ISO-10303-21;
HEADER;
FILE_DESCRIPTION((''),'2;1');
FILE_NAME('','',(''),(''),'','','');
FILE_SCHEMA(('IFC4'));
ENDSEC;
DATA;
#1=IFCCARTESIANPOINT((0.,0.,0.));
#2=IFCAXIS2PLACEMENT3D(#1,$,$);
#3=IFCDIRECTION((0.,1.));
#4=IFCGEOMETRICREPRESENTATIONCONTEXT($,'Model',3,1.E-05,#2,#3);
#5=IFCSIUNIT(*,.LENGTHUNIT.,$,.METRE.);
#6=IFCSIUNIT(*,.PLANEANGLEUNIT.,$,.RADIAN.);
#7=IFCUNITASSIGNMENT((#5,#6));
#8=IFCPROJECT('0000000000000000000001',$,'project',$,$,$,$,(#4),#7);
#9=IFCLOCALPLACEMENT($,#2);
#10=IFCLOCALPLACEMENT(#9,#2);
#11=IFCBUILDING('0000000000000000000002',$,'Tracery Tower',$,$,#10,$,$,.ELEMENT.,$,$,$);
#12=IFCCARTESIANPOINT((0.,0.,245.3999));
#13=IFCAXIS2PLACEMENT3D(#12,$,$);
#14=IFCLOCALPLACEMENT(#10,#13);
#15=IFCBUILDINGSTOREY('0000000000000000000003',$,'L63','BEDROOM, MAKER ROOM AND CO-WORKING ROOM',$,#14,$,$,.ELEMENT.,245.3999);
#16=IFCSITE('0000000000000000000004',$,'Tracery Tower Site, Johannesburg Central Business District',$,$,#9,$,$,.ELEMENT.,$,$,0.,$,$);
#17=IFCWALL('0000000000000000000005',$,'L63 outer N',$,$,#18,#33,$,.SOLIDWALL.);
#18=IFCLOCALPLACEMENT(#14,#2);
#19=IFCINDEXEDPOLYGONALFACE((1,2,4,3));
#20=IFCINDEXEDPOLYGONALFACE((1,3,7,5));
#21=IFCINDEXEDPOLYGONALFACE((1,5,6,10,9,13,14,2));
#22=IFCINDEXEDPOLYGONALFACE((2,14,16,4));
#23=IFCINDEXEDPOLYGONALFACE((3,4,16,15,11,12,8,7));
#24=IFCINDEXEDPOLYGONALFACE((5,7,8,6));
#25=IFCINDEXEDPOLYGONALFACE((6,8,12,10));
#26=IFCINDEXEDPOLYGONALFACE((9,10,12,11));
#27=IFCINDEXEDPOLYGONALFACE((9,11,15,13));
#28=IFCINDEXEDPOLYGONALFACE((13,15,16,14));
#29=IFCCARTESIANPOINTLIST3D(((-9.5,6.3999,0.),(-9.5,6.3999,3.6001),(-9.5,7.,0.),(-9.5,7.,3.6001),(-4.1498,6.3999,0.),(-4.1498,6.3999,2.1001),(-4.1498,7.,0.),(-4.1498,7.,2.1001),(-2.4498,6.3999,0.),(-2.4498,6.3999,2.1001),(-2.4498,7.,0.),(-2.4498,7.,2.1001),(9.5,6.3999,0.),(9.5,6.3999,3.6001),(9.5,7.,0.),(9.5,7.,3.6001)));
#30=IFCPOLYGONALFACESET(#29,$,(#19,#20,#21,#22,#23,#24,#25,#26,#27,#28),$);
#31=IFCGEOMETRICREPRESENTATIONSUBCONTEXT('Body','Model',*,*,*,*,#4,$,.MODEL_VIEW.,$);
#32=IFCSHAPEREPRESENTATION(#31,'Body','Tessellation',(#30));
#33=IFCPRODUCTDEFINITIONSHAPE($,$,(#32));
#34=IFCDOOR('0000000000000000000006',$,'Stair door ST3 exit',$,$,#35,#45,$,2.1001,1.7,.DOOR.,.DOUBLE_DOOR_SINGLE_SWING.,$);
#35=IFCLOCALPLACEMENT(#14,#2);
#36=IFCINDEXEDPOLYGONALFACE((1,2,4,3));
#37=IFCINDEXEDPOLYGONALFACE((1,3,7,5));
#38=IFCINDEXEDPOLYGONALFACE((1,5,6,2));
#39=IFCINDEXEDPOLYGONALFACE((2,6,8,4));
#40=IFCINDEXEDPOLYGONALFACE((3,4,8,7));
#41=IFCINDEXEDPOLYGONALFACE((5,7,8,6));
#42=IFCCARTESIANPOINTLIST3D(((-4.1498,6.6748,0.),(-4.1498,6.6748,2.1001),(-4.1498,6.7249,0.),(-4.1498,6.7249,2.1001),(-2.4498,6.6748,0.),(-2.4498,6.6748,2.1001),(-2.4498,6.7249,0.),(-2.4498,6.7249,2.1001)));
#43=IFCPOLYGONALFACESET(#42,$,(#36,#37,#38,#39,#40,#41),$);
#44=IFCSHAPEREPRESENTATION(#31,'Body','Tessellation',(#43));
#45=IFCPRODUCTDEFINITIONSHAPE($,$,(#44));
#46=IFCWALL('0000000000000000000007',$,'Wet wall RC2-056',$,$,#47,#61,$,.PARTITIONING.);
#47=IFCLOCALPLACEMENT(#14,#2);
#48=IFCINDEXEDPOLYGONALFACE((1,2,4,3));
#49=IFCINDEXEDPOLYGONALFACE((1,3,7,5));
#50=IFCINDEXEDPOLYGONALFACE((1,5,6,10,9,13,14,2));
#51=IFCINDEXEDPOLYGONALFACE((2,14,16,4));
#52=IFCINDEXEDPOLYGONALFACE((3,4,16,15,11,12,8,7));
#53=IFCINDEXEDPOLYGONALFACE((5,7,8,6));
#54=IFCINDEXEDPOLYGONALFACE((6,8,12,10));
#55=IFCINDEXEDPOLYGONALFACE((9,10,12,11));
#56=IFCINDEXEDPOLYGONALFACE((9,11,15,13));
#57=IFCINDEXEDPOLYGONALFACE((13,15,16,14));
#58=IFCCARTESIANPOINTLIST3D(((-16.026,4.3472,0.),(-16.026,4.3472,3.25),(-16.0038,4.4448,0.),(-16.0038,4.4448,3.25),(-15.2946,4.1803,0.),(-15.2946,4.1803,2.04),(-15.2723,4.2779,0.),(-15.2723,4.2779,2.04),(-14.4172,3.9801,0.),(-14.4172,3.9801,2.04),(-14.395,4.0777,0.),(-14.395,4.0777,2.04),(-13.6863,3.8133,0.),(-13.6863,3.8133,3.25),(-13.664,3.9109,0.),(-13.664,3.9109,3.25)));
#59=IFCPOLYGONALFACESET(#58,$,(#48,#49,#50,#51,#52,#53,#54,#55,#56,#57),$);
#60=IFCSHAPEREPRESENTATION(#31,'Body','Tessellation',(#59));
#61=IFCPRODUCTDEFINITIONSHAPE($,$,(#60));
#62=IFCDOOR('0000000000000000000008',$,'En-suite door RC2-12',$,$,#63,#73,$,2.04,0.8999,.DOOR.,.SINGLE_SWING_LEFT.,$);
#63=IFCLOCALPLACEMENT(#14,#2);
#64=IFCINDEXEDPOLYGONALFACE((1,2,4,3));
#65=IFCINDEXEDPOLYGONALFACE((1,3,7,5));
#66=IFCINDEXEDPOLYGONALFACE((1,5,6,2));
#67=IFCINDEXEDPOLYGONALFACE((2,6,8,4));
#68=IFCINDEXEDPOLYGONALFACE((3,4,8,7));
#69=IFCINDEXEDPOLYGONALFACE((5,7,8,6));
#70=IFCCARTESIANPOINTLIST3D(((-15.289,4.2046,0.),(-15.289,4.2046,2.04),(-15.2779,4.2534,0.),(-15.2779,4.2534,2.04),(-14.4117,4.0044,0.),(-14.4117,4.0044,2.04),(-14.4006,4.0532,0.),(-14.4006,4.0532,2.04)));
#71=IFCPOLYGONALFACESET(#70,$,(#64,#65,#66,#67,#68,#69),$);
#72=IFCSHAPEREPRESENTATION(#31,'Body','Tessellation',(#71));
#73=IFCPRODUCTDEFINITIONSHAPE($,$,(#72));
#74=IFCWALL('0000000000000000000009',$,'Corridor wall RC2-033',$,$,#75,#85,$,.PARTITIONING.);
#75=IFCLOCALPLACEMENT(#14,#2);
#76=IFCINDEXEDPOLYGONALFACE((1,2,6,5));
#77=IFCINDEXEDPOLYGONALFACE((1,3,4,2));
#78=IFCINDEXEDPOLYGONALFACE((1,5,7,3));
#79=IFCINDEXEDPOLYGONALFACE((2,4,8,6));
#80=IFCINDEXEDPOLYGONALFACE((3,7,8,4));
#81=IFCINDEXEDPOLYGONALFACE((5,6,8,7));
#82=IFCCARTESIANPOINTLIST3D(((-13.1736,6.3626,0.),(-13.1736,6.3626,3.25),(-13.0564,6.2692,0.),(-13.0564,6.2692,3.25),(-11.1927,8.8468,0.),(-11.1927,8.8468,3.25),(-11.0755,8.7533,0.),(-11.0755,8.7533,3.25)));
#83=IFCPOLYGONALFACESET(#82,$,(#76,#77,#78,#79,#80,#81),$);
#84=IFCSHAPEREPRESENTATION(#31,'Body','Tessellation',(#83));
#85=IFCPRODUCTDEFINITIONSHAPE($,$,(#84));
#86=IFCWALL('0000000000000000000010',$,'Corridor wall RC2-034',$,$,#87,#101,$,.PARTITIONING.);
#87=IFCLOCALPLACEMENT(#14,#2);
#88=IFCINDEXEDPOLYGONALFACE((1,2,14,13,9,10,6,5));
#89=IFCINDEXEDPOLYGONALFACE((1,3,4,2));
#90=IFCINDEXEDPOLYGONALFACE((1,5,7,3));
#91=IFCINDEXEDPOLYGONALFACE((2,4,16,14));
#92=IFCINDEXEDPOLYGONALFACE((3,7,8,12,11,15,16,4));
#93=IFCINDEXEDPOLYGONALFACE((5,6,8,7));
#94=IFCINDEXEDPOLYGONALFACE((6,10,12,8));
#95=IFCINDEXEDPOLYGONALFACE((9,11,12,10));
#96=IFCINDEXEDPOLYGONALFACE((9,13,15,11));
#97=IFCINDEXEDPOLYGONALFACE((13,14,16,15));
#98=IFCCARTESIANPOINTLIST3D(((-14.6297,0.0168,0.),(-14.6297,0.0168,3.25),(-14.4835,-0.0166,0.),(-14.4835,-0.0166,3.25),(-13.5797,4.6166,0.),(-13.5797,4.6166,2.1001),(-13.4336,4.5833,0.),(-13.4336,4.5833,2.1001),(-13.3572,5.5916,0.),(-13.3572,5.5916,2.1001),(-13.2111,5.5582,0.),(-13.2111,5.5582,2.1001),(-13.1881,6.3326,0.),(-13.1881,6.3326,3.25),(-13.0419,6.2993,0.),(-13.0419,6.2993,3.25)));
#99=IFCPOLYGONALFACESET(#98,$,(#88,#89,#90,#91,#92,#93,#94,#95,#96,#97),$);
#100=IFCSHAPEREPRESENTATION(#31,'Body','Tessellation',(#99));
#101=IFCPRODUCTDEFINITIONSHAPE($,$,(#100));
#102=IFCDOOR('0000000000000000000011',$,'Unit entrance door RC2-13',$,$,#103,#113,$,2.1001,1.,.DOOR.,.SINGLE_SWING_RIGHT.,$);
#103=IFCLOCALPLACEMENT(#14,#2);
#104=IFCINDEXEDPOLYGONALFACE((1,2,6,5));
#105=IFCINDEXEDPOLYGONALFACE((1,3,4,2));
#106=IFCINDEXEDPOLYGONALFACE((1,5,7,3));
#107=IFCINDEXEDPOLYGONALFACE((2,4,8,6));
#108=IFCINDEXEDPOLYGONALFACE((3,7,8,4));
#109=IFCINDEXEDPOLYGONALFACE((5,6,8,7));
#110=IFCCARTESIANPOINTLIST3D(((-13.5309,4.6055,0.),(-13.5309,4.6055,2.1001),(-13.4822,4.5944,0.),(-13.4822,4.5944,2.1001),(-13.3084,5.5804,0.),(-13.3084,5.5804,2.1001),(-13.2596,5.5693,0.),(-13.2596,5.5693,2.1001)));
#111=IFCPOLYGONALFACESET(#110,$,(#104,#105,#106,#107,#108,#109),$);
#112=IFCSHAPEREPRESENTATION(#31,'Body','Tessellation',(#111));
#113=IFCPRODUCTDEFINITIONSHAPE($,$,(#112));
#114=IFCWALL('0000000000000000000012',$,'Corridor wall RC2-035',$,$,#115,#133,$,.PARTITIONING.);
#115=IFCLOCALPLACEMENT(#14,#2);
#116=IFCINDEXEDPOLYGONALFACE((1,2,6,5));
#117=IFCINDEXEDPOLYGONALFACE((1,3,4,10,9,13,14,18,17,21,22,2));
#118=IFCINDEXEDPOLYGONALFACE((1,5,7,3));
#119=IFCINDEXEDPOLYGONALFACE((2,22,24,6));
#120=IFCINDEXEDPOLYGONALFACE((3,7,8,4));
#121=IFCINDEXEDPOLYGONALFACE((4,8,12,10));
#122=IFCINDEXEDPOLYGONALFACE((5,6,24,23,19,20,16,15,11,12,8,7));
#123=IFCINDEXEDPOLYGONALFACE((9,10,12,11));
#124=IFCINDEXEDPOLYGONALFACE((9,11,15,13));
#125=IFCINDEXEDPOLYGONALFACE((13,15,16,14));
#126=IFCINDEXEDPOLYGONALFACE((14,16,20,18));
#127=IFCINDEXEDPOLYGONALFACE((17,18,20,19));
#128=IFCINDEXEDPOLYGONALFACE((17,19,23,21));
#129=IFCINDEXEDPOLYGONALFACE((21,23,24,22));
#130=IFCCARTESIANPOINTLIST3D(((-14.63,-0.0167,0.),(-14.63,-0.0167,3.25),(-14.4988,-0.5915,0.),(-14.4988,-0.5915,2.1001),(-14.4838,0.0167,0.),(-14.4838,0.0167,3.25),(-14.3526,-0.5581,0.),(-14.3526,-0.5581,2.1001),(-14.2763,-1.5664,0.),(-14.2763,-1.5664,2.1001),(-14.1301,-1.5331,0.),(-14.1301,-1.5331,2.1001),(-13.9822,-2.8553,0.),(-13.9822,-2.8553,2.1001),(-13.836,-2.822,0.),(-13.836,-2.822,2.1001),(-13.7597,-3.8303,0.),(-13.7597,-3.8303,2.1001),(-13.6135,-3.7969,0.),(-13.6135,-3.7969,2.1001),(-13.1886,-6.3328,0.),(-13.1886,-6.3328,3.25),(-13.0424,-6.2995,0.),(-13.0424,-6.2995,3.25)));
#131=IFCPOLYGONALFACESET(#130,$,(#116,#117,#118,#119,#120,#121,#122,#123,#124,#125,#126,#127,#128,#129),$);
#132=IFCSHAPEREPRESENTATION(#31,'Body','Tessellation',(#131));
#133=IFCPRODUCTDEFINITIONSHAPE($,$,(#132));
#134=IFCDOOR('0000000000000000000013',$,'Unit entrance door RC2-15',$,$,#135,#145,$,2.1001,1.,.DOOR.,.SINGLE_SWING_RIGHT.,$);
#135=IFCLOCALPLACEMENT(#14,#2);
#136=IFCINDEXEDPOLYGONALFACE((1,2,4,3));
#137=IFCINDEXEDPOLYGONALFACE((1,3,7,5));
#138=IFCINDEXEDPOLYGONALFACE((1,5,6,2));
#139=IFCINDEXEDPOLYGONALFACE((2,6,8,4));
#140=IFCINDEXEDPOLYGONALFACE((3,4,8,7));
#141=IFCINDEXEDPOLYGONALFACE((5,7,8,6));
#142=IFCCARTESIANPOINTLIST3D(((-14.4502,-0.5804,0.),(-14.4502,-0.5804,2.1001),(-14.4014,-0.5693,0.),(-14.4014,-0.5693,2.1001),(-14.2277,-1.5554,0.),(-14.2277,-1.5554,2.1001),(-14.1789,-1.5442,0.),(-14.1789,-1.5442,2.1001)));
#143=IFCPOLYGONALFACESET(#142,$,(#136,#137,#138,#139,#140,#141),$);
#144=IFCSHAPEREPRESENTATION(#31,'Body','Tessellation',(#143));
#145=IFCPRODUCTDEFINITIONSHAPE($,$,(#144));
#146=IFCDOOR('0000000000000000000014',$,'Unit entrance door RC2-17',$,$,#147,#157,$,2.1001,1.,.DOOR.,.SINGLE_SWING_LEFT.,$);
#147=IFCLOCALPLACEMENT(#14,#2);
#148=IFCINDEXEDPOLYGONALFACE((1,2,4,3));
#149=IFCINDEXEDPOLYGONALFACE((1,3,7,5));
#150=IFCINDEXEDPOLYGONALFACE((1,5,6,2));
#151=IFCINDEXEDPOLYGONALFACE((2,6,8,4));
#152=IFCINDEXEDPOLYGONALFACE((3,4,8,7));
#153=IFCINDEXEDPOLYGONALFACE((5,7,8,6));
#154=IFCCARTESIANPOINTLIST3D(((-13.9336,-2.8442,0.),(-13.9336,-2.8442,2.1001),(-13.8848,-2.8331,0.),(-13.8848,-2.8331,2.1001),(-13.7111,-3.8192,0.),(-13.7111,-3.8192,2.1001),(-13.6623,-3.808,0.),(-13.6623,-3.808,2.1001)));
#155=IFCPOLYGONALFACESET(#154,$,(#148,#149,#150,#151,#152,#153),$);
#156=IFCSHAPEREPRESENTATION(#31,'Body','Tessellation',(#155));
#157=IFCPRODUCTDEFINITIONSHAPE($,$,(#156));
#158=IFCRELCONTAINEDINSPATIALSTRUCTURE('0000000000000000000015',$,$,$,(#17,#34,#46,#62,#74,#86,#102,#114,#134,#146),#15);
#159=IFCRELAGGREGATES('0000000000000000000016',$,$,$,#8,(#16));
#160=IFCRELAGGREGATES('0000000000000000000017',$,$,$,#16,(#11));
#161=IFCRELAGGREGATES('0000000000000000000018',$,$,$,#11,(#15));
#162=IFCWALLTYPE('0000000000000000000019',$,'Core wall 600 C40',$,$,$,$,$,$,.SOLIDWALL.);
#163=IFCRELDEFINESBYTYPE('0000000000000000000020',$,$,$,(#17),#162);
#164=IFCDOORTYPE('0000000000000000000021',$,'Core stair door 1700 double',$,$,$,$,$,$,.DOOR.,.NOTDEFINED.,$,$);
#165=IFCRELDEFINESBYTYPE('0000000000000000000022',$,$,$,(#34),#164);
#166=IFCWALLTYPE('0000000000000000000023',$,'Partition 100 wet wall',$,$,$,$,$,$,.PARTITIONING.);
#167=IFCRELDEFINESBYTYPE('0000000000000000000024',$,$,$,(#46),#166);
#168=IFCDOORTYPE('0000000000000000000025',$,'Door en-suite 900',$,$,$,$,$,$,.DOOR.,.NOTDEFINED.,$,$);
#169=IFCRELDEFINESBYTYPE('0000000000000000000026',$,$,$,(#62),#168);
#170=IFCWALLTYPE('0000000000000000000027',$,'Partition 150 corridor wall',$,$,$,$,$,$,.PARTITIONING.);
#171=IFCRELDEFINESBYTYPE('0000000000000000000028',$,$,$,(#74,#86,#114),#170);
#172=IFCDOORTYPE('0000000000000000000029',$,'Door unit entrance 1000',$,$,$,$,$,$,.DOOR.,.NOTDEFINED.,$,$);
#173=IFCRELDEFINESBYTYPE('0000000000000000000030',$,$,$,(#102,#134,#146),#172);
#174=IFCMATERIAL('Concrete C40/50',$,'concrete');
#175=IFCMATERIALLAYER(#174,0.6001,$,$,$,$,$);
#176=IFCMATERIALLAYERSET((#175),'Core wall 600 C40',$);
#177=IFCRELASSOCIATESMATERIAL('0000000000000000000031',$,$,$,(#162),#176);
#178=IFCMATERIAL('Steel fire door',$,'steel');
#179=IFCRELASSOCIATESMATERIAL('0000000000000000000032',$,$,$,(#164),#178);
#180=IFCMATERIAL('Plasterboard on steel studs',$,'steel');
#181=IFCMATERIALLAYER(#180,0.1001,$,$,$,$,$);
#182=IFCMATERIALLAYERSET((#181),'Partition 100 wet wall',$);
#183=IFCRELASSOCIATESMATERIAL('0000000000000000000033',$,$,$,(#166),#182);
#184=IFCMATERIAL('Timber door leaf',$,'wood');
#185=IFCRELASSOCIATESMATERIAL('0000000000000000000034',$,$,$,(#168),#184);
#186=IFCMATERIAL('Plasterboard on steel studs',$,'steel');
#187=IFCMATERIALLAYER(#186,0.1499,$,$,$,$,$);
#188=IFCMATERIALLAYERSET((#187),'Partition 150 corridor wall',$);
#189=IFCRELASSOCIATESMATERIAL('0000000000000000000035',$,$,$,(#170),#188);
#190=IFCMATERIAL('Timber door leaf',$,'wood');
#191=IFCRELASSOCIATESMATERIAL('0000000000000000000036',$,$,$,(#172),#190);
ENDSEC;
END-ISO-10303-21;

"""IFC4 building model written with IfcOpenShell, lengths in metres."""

from ifc_helpers import new_model, si_unit, direction, frame, frame_2d, origin, place, context, subcontext, project, spatial, rectangle, extrude, material, layer, layer_set, type_object, element, fill, save


model = new_model("IFC4")

# Units and contexts
model_context = context("Model", 3, precision=1e-05, world=origin(), true_north=direction((0.0, 1.0)))
body_context = subcontext(model_context, "Body", "Model", "MODEL_VIEW")
ifc_project = project(units=[si_unit("LENGTHUNIT", "METRE"), si_unit("PLANEANGLEUNIT", "RADIAN")], contexts=[model_context])

# Site, building, storey
site_placement = place(None, origin())
site = spatial("IfcSite", under=ifc_project, at=site_placement, Name="Tracery Tower Site, Johannesburg Central Business District", CompositionType="ELEMENT", RefElevation=0.0)
building_placement = place(site_placement, origin())
building = spatial("IfcBuilding", under=site, at=building_placement, Name="Tracery Tower", CompositionType="ELEMENT")
storey_placement = place(building_placement, frame((0.0, 0.0, 245.3999)))
storey = spatial("IfcBuildingStorey", under=building, at=storey_placement, Name="L63", Description="BEDROOM, MAKER ROOM AND CO-WORKING ROOM", CompositionType="ELEMENT", Elevation=245.3999)

# Walls, openings, doors
ifc_material_1 = material(Name="Concrete C40/50", Category="concrete")
ifc_layer_1 = layer(ifc_material_1, 0.6001)
ifc_layer_set_1 = layer_set([ifc_layer_1], Name="Core wall 600 C40")
wall_type_1 = type_object("IfcWallType", Name="Core wall 600 C40", PredefinedType="SOLIDWALL", material=ifc_layer_set_1)
wall_1_placement = place(storey_placement, frame((-9.5, 6.7, 0.0), z_axis=(0.0, 0.0, 1.0), x_axis=(1.0, 0.0, 0.0)))
wall_1 = element("IfcWall", 1, at=wall_1_placement, inside=storey, type_object=wall_type_1, Name="L63 outer N", PredefinedType="SOLIDWALL", context=body_context, shape_type="SweptSolid", body=[
    extrude(rectangle(XDim=19.0, YDim=0.6001, at=frame_2d((9.5, 0.0))), origin(), (0.0, 0.0, 1.0), 3.6001),
])
opening_1_placement = place(wall_1_placement, frame((5.3501, 0.0, 0.0)))
opening_1 = element("IfcOpeningElement", 2, at=opening_1_placement, cuts=wall_1, PredefinedType="OPENING", context=body_context, shape_type="SweptSolid", body=[
    extrude(rectangle(XDim=1.7, YDim=2.1001, at=frame_2d((0.8501, 1.05))), frame((0.0, 0.3, 0.0), z_axis=(0.0, -1.0, 0.0), x_axis=(1.0, 0.0, 0.0)), (0.0, 0.0, 1.0), 0.6001),
])
ifc_material_2 = material(Name="Steel fire door", Category="steel")
door_type_1 = type_object("IfcDoorType", Name="Core stair door 1700 double", OperationType="NOTDEFINED", PredefinedType="DOOR", material=ifc_material_2)
door_1_placement = place(opening_1_placement, origin())
door_1 = element("IfcDoor", 3, at=door_1_placement, inside=storey, type_object=door_type_1, Name="Stair door ST3 exit", OperationType="DOUBLE_DOOR_SINGLE_SWING", OverallHeight=2.1001, OverallWidth=1.7, PredefinedType="DOOR", context=body_context, shape_type="SweptSolid", body=[
    extrude(rectangle(XDim=1.7, YDim=2.1001, at=frame_2d((0.8501, 1.05))), frame((0.0, 0.0249, 0.0), z_axis=(0.0, -1.0, 0.0), x_axis=(1.0, 0.0, 0.0)), (0.0, 0.0, 1.0), 0.05),
])
fill(opening_1, door_1)
ifc_material_3 = material(Name="Plasterboard on steel studs", Category="steel")
ifc_layer_2 = layer(ifc_material_3, 0.1001)
ifc_layer_set_2 = layer_set([ifc_layer_2], Name="Partition 100 wet wall")
wall_type_2 = type_object("IfcWallType", Name="Partition 100 wet wall", PredefinedType="PARTITIONING", material=ifc_layer_set_2)
wall_2_placement = place(storey_placement, frame((-16.0149, 4.396, 0.0), z_axis=(0.0, 0.0, 1.0), x_axis=(0.974939, -0.222474, 0.0)))
wall_2 = element("IfcWall", 4, at=wall_2_placement, inside=storey, type_object=wall_type_2, Name="Wet wall RC2-056", PredefinedType="PARTITIONING", context=body_context, shape_type="SweptSolid", body=[
    extrude(rectangle(XDim=2.3999, YDim=0.1001, at=frame_2d((1.2, 0.0))), origin(), (0.0, 0.0, 1.0), 3.25),
])
opening_2_placement = place(wall_2_placement, frame((0.7502, 0.0, 0.0)))
opening_2 = element("IfcOpeningElement", 5, at=opening_2_placement, cuts=wall_2, PredefinedType="OPENING", context=body_context, shape_type="SweptSolid", body=[
    extrude(rectangle(XDim=0.8999, YDim=2.04, at=frame_2d((0.45, 1.02))), frame((0.0, 0.05, 0.0), z_axis=(0.0, -1.0, 0.0), x_axis=(1.0, 0.0, 0.0)), (0.0, 0.0, 1.0), 0.1001),
])
ifc_material_4 = material(Name="Timber door leaf", Category="wood")
door_type_2 = type_object("IfcDoorType", Name="Door en-suite 900", OperationType="NOTDEFINED", PredefinedType="DOOR", material=ifc_material_4)
door_2_placement = place(opening_2_placement, origin())
door_2 = element("IfcDoor", 6, at=door_2_placement, inside=storey, type_object=door_type_2, Name="En-suite door RC2-12", OperationType="SINGLE_SWING_LEFT", OverallHeight=2.04, OverallWidth=0.8999, PredefinedType="DOOR", context=body_context, shape_type="SweptSolid", body=[
    extrude(rectangle(XDim=0.8999, YDim=2.04, at=frame_2d((0.45, 1.02))), frame((0.0, 0.0249, 0.0), z_axis=(0.0, -1.0, 0.0), x_axis=(1.0, 0.0, 0.0)), (0.0, 0.0, 1.0), 0.05),
])
fill(opening_2, door_2)

# Wall
ifc_material_5 = material(Name="Plasterboard on steel studs", Category="steel")
ifc_layer_3 = layer(ifc_material_5, 0.1499)
ifc_layer_set_3 = layer_set([ifc_layer_3], Name="Partition 150 corridor wall")
wall_type_3 = type_object("IfcWallType", Name="Partition 150 corridor wall", PredefinedType="PARTITIONING", material=ifc_layer_set_3)
wall_3_placement = place(storey_placement, frame((-13.115, 6.3159, 0.0), z_axis=(0.0, 0.0, 1.0), x_axis=(0.623476, 0.781842, 0.0)))
element("IfcWall", 7, at=wall_3_placement, inside=storey, type_object=wall_type_3, Name="Corridor wall RC2-033", PredefinedType="PARTITIONING", context=body_context, shape_type="SweptSolid", body=[
    extrude(rectangle(XDim=3.1772, YDim=0.1499, at=frame_2d((1.5886, 0.0))), origin(), (0.0, 0.0, 1.0), 3.25),
])

# Wall, opening, door
wall_4_placement = place(storey_placement, frame((-14.5566, 0.0, 0.0), z_axis=(0.0, 0.0, 1.0), x_axis=(0.222533, 0.974925, 0.0)))
wall_4 = element("IfcWall", 8, at=wall_4_placement, inside=storey, type_object=wall_type_3, Name="Corridor wall RC2-034", PredefinedType="PARTITIONING", context=body_context, shape_type="SweptSolid", body=[
    extrude(rectangle(XDim=6.4783, YDim=0.1499, at=frame_2d((3.2393, 0.0))), origin(), (0.0, 0.0, 1.0), 3.25),
])
opening_3_placement = place(wall_4_placement, frame((4.7183, 0.0, 0.0)))
opening_3 = element("IfcOpeningElement", 9, at=opening_3_placement, cuts=wall_4, PredefinedType="OPENING", context=body_context, shape_type="SweptSolid", body=[
    extrude(rectangle(XDim=1.0, YDim=2.1001, at=frame_2d((0.5, 1.05))), frame((0.0, 0.075, 0.0), z_axis=(0.0, -1.0, 0.0), x_axis=(1.0, 0.0, 0.0)), (0.0, 0.0, 1.0), 0.1499),
])
ifc_material_6 = material(Name="Timber door leaf", Category="wood")
door_type_3 = type_object("IfcDoorType", Name="Door unit entrance 1000", OperationType="NOTDEFINED", PredefinedType="DOOR", material=ifc_material_6)
door_3_placement = place(opening_3_placement, origin())
door_3 = element("IfcDoor", 10, at=door_3_placement, inside=storey, type_object=door_type_3, Name="Unit entrance door RC2-13", OperationType="SINGLE_SWING_RIGHT", OverallHeight=2.1001, OverallWidth=1.0, PredefinedType="DOOR", context=body_context, shape_type="SweptSolid", body=[
    extrude(rectangle(XDim=1.0, YDim=2.1001, at=frame_2d((0.5, 1.05))), frame((0.0, 0.0249, 0.0), z_axis=(0.0, -1.0, 0.0), x_axis=(1.0, 0.0, 0.0)), (0.0, 0.0, 1.0), 0.05),
])
fill(opening_3, door_3)

# Wall, openings, doors
wall_5_placement = place(storey_placement, frame((-14.5569, 0.0, 0.0), z_axis=(0.0, 0.0, 1.0), x_axis=(0.222489, -0.974935, 0.0)))
wall_5 = element("IfcWall", 11, at=wall_5_placement, inside=storey, type_object=wall_type_3, Name="Corridor wall RC2-035", PredefinedType="PARTITIONING", context=body_context, shape_type="SweptSolid", body=[
    extrude(rectangle(XDim=6.4785, YDim=0.1499, at=frame_2d((3.2393, 0.0))), origin(), (0.0, 0.0, 1.0), 3.25),
])
opening_4_placement = place(wall_5_placement, frame((0.5896, 0.0, 0.0)))
opening_4 = element("IfcOpeningElement", 12, at=opening_4_placement, cuts=wall_5, PredefinedType="OPENING", context=body_context, shape_type="SweptSolid", body=[
    extrude(rectangle(XDim=1.0, YDim=2.1001, at=frame_2d((0.5, 1.05))), frame((0.0, 0.075, 0.0), z_axis=(0.0, -1.0, 0.0), x_axis=(1.0, 0.0, 0.0)), (0.0, 0.0, 1.0), 0.1499),
])
opening_5_placement = place(wall_5_placement, frame((2.9116, 0.0, 0.0)))
opening_5 = element("IfcOpeningElement", 13, at=opening_5_placement, cuts=wall_5, PredefinedType="OPENING", context=body_context, shape_type="SweptSolid", body=[
    extrude(rectangle(XDim=1.0, YDim=2.1001, at=frame_2d((0.5, 1.05))), frame((0.0, 0.075, 0.0), z_axis=(0.0, -1.0, 0.0), x_axis=(1.0, 0.0, 0.0)), (0.0, 0.0, 1.0), 0.1499),
])
door_4_placement = place(opening_4_placement, origin())
door_4 = element("IfcDoor", 14, at=door_4_placement, inside=storey, type_object=door_type_3, Name="Unit entrance door RC2-15", OperationType="SINGLE_SWING_RIGHT", OverallHeight=2.1001, OverallWidth=1.0, PredefinedType="DOOR", context=body_context, shape_type="SweptSolid", body=[
    extrude(rectangle(XDim=1.0, YDim=2.1001, at=frame_2d((0.5, 1.05))), frame((0.0, 0.0249, 0.0), z_axis=(0.0, -1.0, 0.0), x_axis=(1.0, 0.0, 0.0)), (0.0, 0.0, 1.0), 0.05),
])
fill(opening_4, door_4)
door_5_placement = place(opening_5_placement, origin())
door_5 = element("IfcDoor", 15, at=door_5_placement, inside=storey, type_object=door_type_3, Name="Unit entrance door RC2-17", OperationType="SINGLE_SWING_LEFT", OverallHeight=2.1001, OverallWidth=1.0, PredefinedType="DOOR", context=body_context, shape_type="SweptSolid", body=[
    extrude(rectangle(XDim=1.0, YDim=2.1001, at=frame_2d((0.5, 1.05))), frame((0.0, 0.0249, 0.0), z_axis=(0.0, -1.0, 0.0), x_axis=(1.0, 0.0, 0.0)), (0.0, 0.0, 1.0), 0.05),
])
fill(opening_5, door_5)

save(model, "model.ifc")
